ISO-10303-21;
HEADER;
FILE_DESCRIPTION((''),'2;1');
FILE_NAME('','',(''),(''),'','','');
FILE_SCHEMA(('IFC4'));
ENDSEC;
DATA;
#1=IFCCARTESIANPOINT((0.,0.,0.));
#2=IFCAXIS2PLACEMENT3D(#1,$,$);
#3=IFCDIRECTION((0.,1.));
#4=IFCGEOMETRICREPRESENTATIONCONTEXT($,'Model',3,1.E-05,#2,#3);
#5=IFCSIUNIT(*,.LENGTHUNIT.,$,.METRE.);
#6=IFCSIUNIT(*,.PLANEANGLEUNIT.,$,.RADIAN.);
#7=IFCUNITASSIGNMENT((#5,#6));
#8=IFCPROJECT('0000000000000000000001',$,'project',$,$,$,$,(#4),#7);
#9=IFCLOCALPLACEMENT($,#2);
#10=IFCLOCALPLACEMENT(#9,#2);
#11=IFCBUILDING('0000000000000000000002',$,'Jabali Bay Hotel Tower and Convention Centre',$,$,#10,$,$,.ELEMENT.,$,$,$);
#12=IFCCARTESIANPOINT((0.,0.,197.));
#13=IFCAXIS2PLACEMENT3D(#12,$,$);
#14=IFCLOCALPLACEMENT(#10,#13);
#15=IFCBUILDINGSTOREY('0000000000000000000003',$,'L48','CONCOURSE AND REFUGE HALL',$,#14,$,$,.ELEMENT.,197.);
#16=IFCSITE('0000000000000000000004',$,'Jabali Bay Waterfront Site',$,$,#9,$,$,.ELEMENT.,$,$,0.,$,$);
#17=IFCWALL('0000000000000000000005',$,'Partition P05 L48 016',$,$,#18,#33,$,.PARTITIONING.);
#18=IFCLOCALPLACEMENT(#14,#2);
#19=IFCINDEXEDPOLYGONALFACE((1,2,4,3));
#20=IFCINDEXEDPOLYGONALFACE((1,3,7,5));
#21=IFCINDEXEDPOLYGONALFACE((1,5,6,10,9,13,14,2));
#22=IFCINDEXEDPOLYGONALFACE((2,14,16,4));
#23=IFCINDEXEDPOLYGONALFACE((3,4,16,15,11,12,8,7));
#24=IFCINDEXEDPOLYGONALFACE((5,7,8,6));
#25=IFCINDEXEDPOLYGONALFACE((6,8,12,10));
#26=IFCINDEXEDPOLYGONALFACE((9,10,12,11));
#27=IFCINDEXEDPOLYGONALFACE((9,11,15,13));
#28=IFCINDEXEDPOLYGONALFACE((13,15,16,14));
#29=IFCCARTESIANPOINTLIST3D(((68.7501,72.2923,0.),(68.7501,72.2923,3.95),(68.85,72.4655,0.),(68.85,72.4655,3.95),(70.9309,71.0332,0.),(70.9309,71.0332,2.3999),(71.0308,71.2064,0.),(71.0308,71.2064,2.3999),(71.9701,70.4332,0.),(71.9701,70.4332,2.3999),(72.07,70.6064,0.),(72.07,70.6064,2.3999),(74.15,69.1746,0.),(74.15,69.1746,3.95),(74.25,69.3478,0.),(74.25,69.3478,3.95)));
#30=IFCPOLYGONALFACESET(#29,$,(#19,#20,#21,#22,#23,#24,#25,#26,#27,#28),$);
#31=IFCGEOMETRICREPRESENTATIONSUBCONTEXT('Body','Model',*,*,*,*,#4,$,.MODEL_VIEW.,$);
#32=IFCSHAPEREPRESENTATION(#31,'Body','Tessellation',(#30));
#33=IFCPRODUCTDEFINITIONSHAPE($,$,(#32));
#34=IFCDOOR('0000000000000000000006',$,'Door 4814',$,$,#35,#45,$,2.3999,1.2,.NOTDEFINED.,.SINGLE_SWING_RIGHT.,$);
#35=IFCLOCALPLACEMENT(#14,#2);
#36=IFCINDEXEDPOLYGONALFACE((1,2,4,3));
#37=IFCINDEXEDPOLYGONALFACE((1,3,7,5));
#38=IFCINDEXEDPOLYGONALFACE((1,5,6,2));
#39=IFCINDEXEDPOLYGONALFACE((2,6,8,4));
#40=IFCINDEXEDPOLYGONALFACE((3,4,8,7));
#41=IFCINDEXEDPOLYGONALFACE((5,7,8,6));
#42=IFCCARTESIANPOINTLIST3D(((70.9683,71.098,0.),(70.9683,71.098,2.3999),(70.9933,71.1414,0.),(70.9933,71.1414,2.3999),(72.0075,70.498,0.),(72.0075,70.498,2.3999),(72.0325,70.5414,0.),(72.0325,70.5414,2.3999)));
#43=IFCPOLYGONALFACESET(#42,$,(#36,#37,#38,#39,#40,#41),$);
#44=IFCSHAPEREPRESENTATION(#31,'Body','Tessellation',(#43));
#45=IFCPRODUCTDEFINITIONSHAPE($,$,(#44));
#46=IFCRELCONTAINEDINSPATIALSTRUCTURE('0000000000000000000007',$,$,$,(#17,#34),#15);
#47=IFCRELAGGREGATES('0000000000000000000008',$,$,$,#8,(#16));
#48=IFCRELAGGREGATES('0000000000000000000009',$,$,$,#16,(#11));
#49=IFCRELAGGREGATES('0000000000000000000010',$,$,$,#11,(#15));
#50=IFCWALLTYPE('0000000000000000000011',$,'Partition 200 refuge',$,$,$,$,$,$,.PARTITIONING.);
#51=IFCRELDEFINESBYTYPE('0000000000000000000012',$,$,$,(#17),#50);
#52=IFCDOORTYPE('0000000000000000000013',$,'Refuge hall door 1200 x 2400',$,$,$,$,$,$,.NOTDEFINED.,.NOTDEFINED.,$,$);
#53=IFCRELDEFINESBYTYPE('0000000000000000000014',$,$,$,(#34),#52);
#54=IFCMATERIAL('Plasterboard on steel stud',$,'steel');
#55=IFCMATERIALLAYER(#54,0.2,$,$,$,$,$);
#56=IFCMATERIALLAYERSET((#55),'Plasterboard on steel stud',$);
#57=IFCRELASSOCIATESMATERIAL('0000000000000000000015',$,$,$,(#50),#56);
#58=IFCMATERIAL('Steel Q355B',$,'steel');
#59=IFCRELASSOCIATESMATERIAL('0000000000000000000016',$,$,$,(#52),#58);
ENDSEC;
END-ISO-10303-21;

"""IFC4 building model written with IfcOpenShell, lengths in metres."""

from ifc_helpers import new_model, si_unit, direction, frame, frame_2d, origin, place, context, subcontext, project, spatial, rectangle, extrude, material, layer, layer_set, type_object, element, fill, save


model = new_model("IFC4")

# Units and contexts
model_context = context("Model", 3, precision=1e-05, world=origin(), true_north=direction((0.0, 1.0)))
body_context = subcontext(model_context, "Body", "Model", "MODEL_VIEW")
ifc_project = project(units=[si_unit("LENGTHUNIT", "METRE"), si_unit("PLANEANGLEUNIT", "RADIAN")], contexts=[model_context])

# Site, building, storey
site_placement = place(None, origin())
site = spatial("IfcSite", under=ifc_project, at=site_placement, Name="Jabali Bay Waterfront Site", CompositionType="ELEMENT", RefElevation=0.0)
building_placement = place(site_placement, origin())
building = spatial("IfcBuilding", under=site, at=building_placement, Name="Jabali Bay Hotel Tower and Convention Centre", CompositionType="ELEMENT")
storey_placement = place(building_placement, frame((0.0, 0.0, 197.0)))
storey = spatial("IfcBuildingStorey", under=building, at=storey_placement, Name="L48", Description="CONCOURSE AND REFUGE HALL", CompositionType="ELEMENT", Elevation=197.0)

# Shared definitions
ifc_material_1 = material(Name="Plasterboard on steel stud", Category="steel")

# Wall, opening, door
ifc_layer_1 = layer(ifc_material_1, 0.2)
ifc_layer_set_1 = layer_set([ifc_layer_1], Name="Plasterboard on steel stud")
wall_type_1 = type_object("IfcWallType", Name="Partition 200 refuge", PredefinedType="PARTITIONING", material=ifc_layer_set_1)
wall_1_placement = place(storey_placement, frame((68.8, 72.3789, 0.0), z_axis=(0.0, 0.0, 1.0), x_axis=(0.866023, -0.500005, 0.0)))
wall_1 = element("IfcWall", 1, at=wall_1_placement, inside=storey, type_object=wall_type_1, Name="Partition P05 L48 016", PredefinedType="PARTITIONING", context=body_context, shape_type="SweptSolid", body=[
    extrude(rectangle(XDim=6.2354, YDim=0.2, at=frame_2d((3.1177, 0.0))), origin(), (0.0, 0.0, 1.0), 3.95),
])
opening_1_placement = place(wall_1_placement, frame((2.5181, 0.0, 0.0)))
opening_1 = element("IfcOpeningElement", 2, at=opening_1_placement, cuts=wall_1, PredefinedType="OPENING", context=body_context, shape_type="SweptSolid", body=[
    extrude(rectangle(XDim=1.2, YDim=2.3999, at=frame_2d((0.6001, 1.2))), frame((0.0, 0.1104, 0.0), z_axis=(0.0, -1.0, 0.0), x_axis=(1.0, 0.0, 0.0)), (0.0, 0.0, 1.0), 0.2209),
])
ifc_material_2 = material(Name="Steel Q355B", Category="steel")
door_type_1 = type_object("IfcDoorType", Name="Refuge hall door 1200 x 2400", OperationType="NOTDEFINED", PredefinedType="NOTDEFINED", material=ifc_material_2)
door_1_placement = place(opening_1_placement, origin())
door_1 = element("IfcDoor", 3, at=door_1_placement, inside=storey, type_object=door_type_1, Name="Door 4814", OperationType="SINGLE_SWING_RIGHT", OverallHeight=2.3999, OverallWidth=1.2, PredefinedType="NOTDEFINED", context=body_context, shape_type="SweptSolid", body=[
    extrude(rectangle(XDim=1.2, YDim=2.3999, at=frame_2d((0.6001, 1.2))), frame((0.0, 0.0249, 0.0), z_axis=(0.0, -1.0, 0.0), x_axis=(1.0, 0.0, 0.0)), (0.0, 0.0, 1.0), 0.05),
])
fill(opening_1, door_1)

save(model, "model.ifc")
